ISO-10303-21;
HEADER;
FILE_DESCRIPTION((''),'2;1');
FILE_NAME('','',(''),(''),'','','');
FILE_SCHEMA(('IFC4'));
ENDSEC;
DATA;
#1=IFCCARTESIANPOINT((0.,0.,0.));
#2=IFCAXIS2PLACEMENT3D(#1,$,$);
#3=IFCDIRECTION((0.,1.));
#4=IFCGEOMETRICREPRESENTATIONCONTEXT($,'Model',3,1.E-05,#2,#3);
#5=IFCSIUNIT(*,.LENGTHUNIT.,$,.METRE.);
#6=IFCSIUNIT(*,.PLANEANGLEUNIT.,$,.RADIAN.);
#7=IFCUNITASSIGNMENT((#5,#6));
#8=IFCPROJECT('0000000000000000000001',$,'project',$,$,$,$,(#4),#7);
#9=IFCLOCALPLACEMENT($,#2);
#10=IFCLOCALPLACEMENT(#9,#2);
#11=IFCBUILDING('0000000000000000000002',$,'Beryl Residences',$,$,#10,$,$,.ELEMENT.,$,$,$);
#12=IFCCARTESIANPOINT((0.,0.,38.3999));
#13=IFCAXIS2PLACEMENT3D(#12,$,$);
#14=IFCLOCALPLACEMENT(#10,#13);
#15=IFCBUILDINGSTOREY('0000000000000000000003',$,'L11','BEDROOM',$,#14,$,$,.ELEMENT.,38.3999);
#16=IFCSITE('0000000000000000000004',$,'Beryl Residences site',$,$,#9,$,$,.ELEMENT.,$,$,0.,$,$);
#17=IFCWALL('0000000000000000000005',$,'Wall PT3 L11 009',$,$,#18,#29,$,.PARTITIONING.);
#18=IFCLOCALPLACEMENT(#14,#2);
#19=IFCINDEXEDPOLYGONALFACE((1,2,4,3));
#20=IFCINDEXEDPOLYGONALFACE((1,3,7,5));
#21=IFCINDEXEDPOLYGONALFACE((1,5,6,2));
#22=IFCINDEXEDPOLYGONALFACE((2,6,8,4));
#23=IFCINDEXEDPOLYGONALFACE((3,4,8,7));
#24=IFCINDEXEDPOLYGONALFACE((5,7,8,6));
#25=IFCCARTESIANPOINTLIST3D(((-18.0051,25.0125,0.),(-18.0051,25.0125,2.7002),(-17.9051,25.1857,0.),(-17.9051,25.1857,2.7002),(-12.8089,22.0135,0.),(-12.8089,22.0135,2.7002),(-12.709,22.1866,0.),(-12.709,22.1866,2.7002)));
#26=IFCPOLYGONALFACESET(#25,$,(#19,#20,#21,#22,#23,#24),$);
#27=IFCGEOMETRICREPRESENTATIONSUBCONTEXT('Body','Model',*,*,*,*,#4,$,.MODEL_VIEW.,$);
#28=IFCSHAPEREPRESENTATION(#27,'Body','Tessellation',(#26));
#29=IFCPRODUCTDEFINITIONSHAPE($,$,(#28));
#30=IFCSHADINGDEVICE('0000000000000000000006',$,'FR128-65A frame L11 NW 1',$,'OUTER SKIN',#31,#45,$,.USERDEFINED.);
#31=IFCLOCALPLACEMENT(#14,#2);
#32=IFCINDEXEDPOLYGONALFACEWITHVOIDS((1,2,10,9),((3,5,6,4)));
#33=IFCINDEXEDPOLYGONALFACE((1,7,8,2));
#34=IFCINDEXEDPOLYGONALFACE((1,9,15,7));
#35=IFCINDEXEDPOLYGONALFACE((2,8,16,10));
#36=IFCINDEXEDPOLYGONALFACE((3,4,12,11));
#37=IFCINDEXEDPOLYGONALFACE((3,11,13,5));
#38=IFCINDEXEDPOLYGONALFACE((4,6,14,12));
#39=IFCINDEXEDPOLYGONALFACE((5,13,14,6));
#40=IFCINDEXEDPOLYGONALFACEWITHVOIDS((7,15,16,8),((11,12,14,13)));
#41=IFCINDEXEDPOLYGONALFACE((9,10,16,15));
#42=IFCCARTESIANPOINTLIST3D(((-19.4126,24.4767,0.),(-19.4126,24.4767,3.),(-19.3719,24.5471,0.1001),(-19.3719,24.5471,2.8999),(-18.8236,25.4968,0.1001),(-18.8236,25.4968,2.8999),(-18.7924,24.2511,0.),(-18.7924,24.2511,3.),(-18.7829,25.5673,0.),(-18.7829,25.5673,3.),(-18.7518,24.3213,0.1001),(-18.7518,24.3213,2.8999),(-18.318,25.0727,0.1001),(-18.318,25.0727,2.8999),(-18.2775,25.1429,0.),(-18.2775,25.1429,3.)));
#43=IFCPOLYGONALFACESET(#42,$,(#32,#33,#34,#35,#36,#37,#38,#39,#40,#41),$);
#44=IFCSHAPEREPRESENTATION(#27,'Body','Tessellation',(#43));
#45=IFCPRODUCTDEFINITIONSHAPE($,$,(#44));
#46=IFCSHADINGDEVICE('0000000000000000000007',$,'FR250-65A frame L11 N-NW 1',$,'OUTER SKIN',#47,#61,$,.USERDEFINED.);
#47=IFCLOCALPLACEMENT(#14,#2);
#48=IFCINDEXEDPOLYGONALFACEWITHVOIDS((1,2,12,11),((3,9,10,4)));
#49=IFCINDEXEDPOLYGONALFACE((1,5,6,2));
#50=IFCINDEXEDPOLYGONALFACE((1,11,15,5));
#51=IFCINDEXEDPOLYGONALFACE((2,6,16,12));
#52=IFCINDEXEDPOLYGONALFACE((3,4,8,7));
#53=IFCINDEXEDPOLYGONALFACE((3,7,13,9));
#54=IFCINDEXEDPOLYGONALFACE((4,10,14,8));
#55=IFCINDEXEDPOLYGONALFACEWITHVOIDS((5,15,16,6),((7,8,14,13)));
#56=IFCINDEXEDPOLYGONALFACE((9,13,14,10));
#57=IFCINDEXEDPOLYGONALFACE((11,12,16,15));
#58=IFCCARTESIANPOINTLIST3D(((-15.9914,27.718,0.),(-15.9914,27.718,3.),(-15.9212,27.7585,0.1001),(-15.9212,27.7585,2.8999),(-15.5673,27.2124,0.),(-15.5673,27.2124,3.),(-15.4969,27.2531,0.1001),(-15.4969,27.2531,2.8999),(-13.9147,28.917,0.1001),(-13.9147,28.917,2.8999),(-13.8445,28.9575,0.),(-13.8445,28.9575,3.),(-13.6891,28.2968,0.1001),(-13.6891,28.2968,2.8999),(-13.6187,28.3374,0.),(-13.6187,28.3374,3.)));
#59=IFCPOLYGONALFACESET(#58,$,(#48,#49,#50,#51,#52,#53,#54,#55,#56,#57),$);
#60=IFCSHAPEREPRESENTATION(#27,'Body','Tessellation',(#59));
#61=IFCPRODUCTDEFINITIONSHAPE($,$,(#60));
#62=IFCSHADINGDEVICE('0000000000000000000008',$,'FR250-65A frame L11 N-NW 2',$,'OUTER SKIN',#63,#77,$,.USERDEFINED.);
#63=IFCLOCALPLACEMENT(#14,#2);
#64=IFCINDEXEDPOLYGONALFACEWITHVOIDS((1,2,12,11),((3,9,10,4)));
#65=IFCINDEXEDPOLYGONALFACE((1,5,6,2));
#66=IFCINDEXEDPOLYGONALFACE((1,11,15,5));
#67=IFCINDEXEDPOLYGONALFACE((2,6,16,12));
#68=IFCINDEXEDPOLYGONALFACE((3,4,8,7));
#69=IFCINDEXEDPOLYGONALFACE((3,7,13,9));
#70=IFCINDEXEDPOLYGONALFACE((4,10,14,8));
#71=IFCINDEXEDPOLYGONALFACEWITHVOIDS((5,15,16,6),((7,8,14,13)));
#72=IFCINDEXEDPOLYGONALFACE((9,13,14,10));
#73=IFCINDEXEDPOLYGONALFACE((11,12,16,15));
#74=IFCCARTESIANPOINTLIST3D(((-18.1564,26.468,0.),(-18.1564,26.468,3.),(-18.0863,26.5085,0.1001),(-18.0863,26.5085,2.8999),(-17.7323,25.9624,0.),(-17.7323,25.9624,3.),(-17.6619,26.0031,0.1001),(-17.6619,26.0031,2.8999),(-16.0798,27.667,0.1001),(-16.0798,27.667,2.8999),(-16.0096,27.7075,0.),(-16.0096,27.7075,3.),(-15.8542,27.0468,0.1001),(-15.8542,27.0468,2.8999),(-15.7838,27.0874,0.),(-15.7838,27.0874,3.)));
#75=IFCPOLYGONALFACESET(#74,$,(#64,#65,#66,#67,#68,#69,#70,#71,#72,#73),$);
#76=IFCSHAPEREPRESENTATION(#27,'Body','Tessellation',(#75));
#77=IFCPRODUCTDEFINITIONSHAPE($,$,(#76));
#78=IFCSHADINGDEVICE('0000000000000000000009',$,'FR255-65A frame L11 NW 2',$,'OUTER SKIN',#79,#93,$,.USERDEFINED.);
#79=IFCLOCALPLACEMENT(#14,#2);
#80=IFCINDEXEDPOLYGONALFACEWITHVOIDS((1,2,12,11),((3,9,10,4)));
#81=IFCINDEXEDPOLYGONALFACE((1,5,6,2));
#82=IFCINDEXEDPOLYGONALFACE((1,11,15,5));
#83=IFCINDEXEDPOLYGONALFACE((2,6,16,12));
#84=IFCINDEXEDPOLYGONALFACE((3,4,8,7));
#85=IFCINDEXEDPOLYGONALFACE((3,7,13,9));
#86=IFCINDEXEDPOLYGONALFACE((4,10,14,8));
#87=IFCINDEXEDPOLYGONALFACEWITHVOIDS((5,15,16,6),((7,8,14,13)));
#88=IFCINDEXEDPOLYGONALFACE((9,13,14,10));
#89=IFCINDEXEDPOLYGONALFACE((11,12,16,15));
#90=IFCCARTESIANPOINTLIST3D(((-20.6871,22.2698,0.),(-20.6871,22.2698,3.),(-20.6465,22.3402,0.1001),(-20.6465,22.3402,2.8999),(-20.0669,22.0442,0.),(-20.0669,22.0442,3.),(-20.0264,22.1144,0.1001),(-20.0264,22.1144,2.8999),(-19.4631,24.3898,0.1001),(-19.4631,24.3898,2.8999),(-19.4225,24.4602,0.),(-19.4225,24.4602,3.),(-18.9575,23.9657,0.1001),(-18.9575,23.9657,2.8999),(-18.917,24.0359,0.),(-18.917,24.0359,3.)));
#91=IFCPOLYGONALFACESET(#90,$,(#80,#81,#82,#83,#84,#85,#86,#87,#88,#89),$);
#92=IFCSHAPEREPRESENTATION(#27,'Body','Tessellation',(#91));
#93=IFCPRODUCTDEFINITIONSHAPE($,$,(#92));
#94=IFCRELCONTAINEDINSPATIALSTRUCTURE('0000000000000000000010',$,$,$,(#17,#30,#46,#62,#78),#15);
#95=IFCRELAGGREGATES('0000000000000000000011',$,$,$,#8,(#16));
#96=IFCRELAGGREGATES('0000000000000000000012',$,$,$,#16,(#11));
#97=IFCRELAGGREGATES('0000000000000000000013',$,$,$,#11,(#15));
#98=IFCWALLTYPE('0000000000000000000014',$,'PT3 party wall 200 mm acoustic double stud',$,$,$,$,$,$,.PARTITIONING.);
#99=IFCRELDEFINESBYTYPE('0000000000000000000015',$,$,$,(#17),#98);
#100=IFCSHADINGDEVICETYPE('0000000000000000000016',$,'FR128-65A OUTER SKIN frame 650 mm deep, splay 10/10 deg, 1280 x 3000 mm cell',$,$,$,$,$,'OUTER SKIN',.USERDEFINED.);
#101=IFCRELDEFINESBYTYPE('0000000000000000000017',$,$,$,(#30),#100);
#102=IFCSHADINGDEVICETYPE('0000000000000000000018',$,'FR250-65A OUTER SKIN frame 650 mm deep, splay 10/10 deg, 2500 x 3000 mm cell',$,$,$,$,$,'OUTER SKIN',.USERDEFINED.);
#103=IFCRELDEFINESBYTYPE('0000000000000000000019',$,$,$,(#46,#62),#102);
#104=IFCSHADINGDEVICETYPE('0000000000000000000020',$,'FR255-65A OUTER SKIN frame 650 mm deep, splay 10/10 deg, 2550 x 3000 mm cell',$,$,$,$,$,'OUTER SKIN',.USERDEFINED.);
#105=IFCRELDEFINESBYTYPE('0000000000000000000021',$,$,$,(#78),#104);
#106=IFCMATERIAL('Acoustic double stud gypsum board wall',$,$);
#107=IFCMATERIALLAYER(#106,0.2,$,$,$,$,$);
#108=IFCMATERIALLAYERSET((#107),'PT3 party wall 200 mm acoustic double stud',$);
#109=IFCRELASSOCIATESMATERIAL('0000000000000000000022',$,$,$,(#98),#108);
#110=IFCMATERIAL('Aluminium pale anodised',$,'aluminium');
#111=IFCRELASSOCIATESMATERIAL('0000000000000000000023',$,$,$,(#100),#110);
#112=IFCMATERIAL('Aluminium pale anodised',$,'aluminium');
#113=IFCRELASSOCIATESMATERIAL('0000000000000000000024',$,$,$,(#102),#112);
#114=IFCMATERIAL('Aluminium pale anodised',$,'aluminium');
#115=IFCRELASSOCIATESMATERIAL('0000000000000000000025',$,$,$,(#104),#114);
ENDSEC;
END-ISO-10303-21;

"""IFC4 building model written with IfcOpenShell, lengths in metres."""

from ifc_helpers import new_model, entity, si_unit, direction, frame, frame_2d, origin, place, context, subcontext, project, spatial, rectangle, extrude, source, transform, mapped, material, layer, layer_set, type_object, type_shapes, element, save


model = new_model("IFC4")

# Units and contexts
model_context = context("Model", 3, precision=1e-05, world=origin(), true_north=direction((0.0, 1.0)))
body_context = subcontext(model_context, "Body", "Model", "MODEL_VIEW")
ifc_project = project(units=[si_unit("LENGTHUNIT", "METRE"), si_unit("PLANEANGLEUNIT", "RADIAN")], contexts=[model_context])

# Site, building, storey
site_placement = place(None, origin())
site = spatial("IfcSite", under=ifc_project, at=site_placement, Name="Beryl Residences site", CompositionType="ELEMENT", RefElevation=0.0)
building_placement = place(site_placement, origin())
building = spatial("IfcBuilding", under=site, at=building_placement, Name="Beryl Residences", CompositionType="ELEMENT")
storey_placement = place(building_placement, frame((0.0, 0.0, 38.3999)))
storey = spatial("IfcBuildingStorey", under=building, at=storey_placement, Name="L11", Description="BEDROOM", CompositionType="ELEMENT", Elevation=38.3999)

# Wall
ifc_material_1 = material(Name="Acoustic double stud gypsum board wall")
ifc_layer_1 = layer(ifc_material_1, 0.2)
ifc_layer_set_1 = layer_set([ifc_layer_1], Name="PT3 party wall 200 mm acoustic double stud")
wall_type_1 = type_object("IfcWallType", Name="PT3 party wall 200 mm acoustic double stud", PredefinedType="PARTITIONING", material=ifc_layer_set_1)
wall_1_placement = place(storey_placement, frame((-17.9551, 25.0991, 0.0), z_axis=(0.0, 0.0, 1.0), x_axis=(0.866091, -0.499886, 0.0)))
element("IfcWall", 1, at=wall_1_placement, inside=storey, type_object=wall_type_1, Name="Wall PT3 L11 009", PredefinedType="PARTITIONING", context=body_context, shape_type="SweptSolid", body=[
    extrude(rectangle(XDim=5.9995, YDim=0.2, at=frame_2d((2.9998, 0.0))), origin(), (0.0, 0.0, 1.0), 2.7002),
])

# Shading devices
ifc_material_2 = material(Name="Aluminium pale anodised", Category="aluminium")
shading_device_type_1 = type_object("IfcShadingDeviceType", Name="FR128-65A OUTER SKIN frame 650 mm deep, splay 10/10 deg, 1280 x 3000 mm cell", ElementType="OUTER SKIN", PredefinedType="USERDEFINED", material=ifc_material_2)
cartesian_point_1 = entity("IfcCartesianPoint", [-0.5149, 0.0])
cartesian_point_2 = entity("IfcCartesianPoint", [-0.4338, 0.1001])
cartesian_point_3 = entity("IfcCartesianPoint", [-0.6296, 0.0])
cartesian_point_4 = entity("IfcCartesianPoint", [-0.5483, 0.1001])
shared_shape_1 = source(origin(), body_context, "Body", "SweptSolid", [
    entity("IfcExtrudedAreaSolidTapered", entity("IfcArbitraryProfileDefWithVoids", "AREA", None, entity("IfcPolyline", [cartesian_point_1, entity("IfcCartesianPoint", [0.5149, 0.0]), entity("IfcCartesianPoint", [0.5149, 3.0]), entity("IfcCartesianPoint", [-0.5149, 3.0]), cartesian_point_1]), [entity("IfcPolyline", [cartesian_point_2, entity("IfcCartesianPoint", [0.4338, 0.1001]), entity("IfcCartesianPoint", [0.4338, 2.8999]), entity("IfcCartesianPoint", [-0.4338, 2.8999]), cartesian_point_2])]), entity("IfcAxis2Placement3D", entity("IfcCartesianPoint", [0.0, 0.0, 0.0]), entity("IfcDirection", [0.0, 1.0, 0.0]), entity("IfcDirection", [-1.0, 0.0, 0.0])), entity("IfcDirection", [0.0, 0.0, 1.0]), 0.6499, entity("IfcArbitraryProfileDefWithVoids", "AREA", None, entity("IfcPolyline", [cartesian_point_3, entity("IfcCartesianPoint", [0.6296, 0.0]), entity("IfcCartesianPoint", [0.6296, 3.0]), entity("IfcCartesianPoint", [-0.6296, 3.0]), cartesian_point_3]), [entity("IfcPolyline", [cartesian_point_4, entity("IfcCartesianPoint", [0.5483, 0.1001]), entity("IfcCartesianPoint", [0.5483, 2.8999]), entity("IfcCartesianPoint", [-0.5483, 2.8999]), cartesian_point_4])])),
])
type_shapes(shading_device_type_1, [shared_shape_1])
shading_device_1_placement = place(storey_placement, frame((-18.5349, 24.697, 0.0), z_axis=(0.0, 0.0, 1.0), x_axis=(0.5, 0.866025, 0.0)))
element("IfcShadingDevice", 2, at=shading_device_1_placement, inside=storey, type_object=shading_device_type_1, Name="FR128-65A frame L11 NW 1", ObjectType="OUTER SKIN", PredefinedType="USERDEFINED", context=body_context, shape_type="MappedRepresentation", body=[
    mapped(shared_shape_1, transform((0.0, 0.0, 0.0))),
])
ifc_material_3 = material(Name="Aluminium pale anodised", Category="aluminium")
shading_device_type_2 = type_object("IfcShadingDeviceType", Name="FR250-65A OUTER SKIN frame 650 mm deep, splay 10/10 deg, 2500 x 3000 mm cell", ElementType="OUTER SKIN", PredefinedType="USERDEFINED", material=ifc_material_3)
cartesian_point_5 = entity("IfcCartesianPoint", [-1.125, 0.0])
cartesian_point_6 = entity("IfcCartesianPoint", [-1.0437, 0.1001])
cartesian_point_7 = entity("IfcCartesianPoint", [-1.2395, 0.0])
cartesian_point_8 = entity("IfcCartesianPoint", [-1.1584, 0.1001])
shared_shape_2 = source(origin(), body_context, "Body", "SweptSolid", [
    entity("IfcExtrudedAreaSolidTapered", entity("IfcArbitraryProfileDefWithVoids", "AREA", None, entity("IfcPolyline", [cartesian_point_5, entity("IfcCartesianPoint", [1.125, 0.0]), entity("IfcCartesianPoint", [1.125, 3.0]), entity("IfcCartesianPoint", [-1.125, 3.0]), cartesian_point_5]), [entity("IfcPolyline", [cartesian_point_6, entity("IfcCartesianPoint", [1.0437, 0.1001]), entity("IfcCartesianPoint", [1.0437, 2.8999]), entity("IfcCartesianPoint", [-1.0437, 2.8999]), cartesian_point_6])]), entity("IfcAxis2Placement3D", entity("IfcCartesianPoint", [0.0, 0.0, 0.0]), entity("IfcDirection", [0.0, 1.0, 0.0]), entity("IfcDirection", [-1.0, 0.0, 0.0])), entity("IfcDirection", [0.0, 0.0, 1.0]), 0.6499, entity("IfcArbitraryProfileDefWithVoids", "AREA", None, entity("IfcPolyline", [cartesian_point_7, entity("IfcCartesianPoint", [1.2395, 0.0]), entity("IfcCartesianPoint", [1.2395, 3.0]), entity("IfcCartesianPoint", [-1.2395, 3.0]), cartesian_point_7]), [entity("IfcPolyline", [cartesian_point_8, entity("IfcCartesianPoint", [1.1584, 0.1001]), entity("IfcCartesianPoint", [1.1584, 2.8999]), entity("IfcCartesianPoint", [-1.1584, 2.8999]), cartesian_point_8])])),
])
type_shapes(shading_device_type_2, [shared_shape_2])
for number, where, z_axis, x_axis, name in (
    (3, (-14.593, 27.7749, 0.0), (0.0, 0.0, 1.0), (0.866025, 0.5, 0.0), "FR250-65A frame L11 N-NW 1"),
    (4, (-16.7581, 26.5249, 0.0), (0.0, 0.0, 1.0), (0.866025, 0.5, 0.0), "FR250-65A frame L11 N-NW 2"),
):
    element("IfcShadingDevice", number, at=place(storey_placement, frame(where, z_axis=z_axis, x_axis=x_axis)), inside=storey, type_object=shading_device_type_2, Name=name, ObjectType="OUTER SKIN", PredefinedType="USERDEFINED", context=body_context, shape_type="MappedRepresentation", body=[
        mapped(shared_shape_2, transform((0.0, 0.0, 0.0))),
    ])
ifc_material_4 = material(Name="Aluminium pale anodised", Category="aluminium")
shading_device_type_3 = type_object("IfcShadingDeviceType", Name="FR255-65A OUTER SKIN frame 650 mm deep, splay 10/10 deg, 2550 x 3000 mm cell", ElementType="OUTER SKIN", PredefinedType="USERDEFINED", material=ifc_material_4)
cartesian_point_9 = entity("IfcCartesianPoint", [-1.1499, 0.0])
cartesian_point_10 = entity("IfcCartesianPoint", [-1.0688, 0.1001])
cartesian_point_11 = entity("IfcCartesianPoint", [-1.2646, 0.0])
cartesian_point_12 = entity("IfcCartesianPoint", [-1.1833, 0.1001])
shared_shape_3 = source(origin(), body_context, "Body", "SweptSolid", [
    entity("IfcExtrudedAreaSolidTapered", entity("IfcArbitraryProfileDefWithVoids", "AREA", None, entity("IfcPolyline", [cartesian_point_9, entity("IfcCartesianPoint", [1.1499, 0.0]), entity("IfcCartesianPoint", [1.1499, 3.0]), entity("IfcCartesianPoint", [-1.1499, 3.0]), cartesian_point_9]), [entity("IfcPolyline", [cartesian_point_10, entity("IfcCartesianPoint", [1.0688, 0.1001]), entity("IfcCartesianPoint", [1.0688, 2.8999]), entity("IfcCartesianPoint", [-1.0688, 2.8999]), cartesian_point_10])]), entity("IfcAxis2Placement3D", entity("IfcCartesianPoint", [0.0, 0.0, 0.0]), entity("IfcDirection", [0.0, 1.0, 0.0]), entity("IfcDirection", [-1.0, 0.0, 0.0])), entity("IfcDirection", [0.0, 0.0, 1.0]), 0.6499, entity("IfcArbitraryProfileDefWithVoids", "AREA", None, entity("IfcPolyline", [cartesian_point_11, entity("IfcCartesianPoint", [1.2646, 0.0]), entity("IfcCartesianPoint", [1.2646, 3.0]), entity("IfcCartesianPoint", [-1.2646, 3.0]), cartesian_point_11]), [entity("IfcPolyline", [cartesian_point_12, entity("IfcCartesianPoint", [1.1833, 0.1001]), entity("IfcCartesianPoint", [1.1833, 2.8999]), entity("IfcCartesianPoint", [-1.1833, 2.8999]), cartesian_point_12])])),
])
type_shapes(shading_device_type_3, [shared_shape_3])
shading_device_2_placement = place(storey_placement, frame((-19.4919, 23.04, 0.0), z_axis=(0.0, 0.0, 1.0), x_axis=(0.5, 0.866025, 0.0)))
element("IfcShadingDevice", 5, at=shading_device_2_placement, inside=storey, type_object=shading_device_type_3, Name="FR255-65A frame L11 NW 2", ObjectType="OUTER SKIN", PredefinedType="USERDEFINED", context=body_context, shape_type="MappedRepresentation", body=[
    mapped(shared_shape_3, transform((0.0, 0.0, 0.0))),
])

save(model, "model.ifc")
